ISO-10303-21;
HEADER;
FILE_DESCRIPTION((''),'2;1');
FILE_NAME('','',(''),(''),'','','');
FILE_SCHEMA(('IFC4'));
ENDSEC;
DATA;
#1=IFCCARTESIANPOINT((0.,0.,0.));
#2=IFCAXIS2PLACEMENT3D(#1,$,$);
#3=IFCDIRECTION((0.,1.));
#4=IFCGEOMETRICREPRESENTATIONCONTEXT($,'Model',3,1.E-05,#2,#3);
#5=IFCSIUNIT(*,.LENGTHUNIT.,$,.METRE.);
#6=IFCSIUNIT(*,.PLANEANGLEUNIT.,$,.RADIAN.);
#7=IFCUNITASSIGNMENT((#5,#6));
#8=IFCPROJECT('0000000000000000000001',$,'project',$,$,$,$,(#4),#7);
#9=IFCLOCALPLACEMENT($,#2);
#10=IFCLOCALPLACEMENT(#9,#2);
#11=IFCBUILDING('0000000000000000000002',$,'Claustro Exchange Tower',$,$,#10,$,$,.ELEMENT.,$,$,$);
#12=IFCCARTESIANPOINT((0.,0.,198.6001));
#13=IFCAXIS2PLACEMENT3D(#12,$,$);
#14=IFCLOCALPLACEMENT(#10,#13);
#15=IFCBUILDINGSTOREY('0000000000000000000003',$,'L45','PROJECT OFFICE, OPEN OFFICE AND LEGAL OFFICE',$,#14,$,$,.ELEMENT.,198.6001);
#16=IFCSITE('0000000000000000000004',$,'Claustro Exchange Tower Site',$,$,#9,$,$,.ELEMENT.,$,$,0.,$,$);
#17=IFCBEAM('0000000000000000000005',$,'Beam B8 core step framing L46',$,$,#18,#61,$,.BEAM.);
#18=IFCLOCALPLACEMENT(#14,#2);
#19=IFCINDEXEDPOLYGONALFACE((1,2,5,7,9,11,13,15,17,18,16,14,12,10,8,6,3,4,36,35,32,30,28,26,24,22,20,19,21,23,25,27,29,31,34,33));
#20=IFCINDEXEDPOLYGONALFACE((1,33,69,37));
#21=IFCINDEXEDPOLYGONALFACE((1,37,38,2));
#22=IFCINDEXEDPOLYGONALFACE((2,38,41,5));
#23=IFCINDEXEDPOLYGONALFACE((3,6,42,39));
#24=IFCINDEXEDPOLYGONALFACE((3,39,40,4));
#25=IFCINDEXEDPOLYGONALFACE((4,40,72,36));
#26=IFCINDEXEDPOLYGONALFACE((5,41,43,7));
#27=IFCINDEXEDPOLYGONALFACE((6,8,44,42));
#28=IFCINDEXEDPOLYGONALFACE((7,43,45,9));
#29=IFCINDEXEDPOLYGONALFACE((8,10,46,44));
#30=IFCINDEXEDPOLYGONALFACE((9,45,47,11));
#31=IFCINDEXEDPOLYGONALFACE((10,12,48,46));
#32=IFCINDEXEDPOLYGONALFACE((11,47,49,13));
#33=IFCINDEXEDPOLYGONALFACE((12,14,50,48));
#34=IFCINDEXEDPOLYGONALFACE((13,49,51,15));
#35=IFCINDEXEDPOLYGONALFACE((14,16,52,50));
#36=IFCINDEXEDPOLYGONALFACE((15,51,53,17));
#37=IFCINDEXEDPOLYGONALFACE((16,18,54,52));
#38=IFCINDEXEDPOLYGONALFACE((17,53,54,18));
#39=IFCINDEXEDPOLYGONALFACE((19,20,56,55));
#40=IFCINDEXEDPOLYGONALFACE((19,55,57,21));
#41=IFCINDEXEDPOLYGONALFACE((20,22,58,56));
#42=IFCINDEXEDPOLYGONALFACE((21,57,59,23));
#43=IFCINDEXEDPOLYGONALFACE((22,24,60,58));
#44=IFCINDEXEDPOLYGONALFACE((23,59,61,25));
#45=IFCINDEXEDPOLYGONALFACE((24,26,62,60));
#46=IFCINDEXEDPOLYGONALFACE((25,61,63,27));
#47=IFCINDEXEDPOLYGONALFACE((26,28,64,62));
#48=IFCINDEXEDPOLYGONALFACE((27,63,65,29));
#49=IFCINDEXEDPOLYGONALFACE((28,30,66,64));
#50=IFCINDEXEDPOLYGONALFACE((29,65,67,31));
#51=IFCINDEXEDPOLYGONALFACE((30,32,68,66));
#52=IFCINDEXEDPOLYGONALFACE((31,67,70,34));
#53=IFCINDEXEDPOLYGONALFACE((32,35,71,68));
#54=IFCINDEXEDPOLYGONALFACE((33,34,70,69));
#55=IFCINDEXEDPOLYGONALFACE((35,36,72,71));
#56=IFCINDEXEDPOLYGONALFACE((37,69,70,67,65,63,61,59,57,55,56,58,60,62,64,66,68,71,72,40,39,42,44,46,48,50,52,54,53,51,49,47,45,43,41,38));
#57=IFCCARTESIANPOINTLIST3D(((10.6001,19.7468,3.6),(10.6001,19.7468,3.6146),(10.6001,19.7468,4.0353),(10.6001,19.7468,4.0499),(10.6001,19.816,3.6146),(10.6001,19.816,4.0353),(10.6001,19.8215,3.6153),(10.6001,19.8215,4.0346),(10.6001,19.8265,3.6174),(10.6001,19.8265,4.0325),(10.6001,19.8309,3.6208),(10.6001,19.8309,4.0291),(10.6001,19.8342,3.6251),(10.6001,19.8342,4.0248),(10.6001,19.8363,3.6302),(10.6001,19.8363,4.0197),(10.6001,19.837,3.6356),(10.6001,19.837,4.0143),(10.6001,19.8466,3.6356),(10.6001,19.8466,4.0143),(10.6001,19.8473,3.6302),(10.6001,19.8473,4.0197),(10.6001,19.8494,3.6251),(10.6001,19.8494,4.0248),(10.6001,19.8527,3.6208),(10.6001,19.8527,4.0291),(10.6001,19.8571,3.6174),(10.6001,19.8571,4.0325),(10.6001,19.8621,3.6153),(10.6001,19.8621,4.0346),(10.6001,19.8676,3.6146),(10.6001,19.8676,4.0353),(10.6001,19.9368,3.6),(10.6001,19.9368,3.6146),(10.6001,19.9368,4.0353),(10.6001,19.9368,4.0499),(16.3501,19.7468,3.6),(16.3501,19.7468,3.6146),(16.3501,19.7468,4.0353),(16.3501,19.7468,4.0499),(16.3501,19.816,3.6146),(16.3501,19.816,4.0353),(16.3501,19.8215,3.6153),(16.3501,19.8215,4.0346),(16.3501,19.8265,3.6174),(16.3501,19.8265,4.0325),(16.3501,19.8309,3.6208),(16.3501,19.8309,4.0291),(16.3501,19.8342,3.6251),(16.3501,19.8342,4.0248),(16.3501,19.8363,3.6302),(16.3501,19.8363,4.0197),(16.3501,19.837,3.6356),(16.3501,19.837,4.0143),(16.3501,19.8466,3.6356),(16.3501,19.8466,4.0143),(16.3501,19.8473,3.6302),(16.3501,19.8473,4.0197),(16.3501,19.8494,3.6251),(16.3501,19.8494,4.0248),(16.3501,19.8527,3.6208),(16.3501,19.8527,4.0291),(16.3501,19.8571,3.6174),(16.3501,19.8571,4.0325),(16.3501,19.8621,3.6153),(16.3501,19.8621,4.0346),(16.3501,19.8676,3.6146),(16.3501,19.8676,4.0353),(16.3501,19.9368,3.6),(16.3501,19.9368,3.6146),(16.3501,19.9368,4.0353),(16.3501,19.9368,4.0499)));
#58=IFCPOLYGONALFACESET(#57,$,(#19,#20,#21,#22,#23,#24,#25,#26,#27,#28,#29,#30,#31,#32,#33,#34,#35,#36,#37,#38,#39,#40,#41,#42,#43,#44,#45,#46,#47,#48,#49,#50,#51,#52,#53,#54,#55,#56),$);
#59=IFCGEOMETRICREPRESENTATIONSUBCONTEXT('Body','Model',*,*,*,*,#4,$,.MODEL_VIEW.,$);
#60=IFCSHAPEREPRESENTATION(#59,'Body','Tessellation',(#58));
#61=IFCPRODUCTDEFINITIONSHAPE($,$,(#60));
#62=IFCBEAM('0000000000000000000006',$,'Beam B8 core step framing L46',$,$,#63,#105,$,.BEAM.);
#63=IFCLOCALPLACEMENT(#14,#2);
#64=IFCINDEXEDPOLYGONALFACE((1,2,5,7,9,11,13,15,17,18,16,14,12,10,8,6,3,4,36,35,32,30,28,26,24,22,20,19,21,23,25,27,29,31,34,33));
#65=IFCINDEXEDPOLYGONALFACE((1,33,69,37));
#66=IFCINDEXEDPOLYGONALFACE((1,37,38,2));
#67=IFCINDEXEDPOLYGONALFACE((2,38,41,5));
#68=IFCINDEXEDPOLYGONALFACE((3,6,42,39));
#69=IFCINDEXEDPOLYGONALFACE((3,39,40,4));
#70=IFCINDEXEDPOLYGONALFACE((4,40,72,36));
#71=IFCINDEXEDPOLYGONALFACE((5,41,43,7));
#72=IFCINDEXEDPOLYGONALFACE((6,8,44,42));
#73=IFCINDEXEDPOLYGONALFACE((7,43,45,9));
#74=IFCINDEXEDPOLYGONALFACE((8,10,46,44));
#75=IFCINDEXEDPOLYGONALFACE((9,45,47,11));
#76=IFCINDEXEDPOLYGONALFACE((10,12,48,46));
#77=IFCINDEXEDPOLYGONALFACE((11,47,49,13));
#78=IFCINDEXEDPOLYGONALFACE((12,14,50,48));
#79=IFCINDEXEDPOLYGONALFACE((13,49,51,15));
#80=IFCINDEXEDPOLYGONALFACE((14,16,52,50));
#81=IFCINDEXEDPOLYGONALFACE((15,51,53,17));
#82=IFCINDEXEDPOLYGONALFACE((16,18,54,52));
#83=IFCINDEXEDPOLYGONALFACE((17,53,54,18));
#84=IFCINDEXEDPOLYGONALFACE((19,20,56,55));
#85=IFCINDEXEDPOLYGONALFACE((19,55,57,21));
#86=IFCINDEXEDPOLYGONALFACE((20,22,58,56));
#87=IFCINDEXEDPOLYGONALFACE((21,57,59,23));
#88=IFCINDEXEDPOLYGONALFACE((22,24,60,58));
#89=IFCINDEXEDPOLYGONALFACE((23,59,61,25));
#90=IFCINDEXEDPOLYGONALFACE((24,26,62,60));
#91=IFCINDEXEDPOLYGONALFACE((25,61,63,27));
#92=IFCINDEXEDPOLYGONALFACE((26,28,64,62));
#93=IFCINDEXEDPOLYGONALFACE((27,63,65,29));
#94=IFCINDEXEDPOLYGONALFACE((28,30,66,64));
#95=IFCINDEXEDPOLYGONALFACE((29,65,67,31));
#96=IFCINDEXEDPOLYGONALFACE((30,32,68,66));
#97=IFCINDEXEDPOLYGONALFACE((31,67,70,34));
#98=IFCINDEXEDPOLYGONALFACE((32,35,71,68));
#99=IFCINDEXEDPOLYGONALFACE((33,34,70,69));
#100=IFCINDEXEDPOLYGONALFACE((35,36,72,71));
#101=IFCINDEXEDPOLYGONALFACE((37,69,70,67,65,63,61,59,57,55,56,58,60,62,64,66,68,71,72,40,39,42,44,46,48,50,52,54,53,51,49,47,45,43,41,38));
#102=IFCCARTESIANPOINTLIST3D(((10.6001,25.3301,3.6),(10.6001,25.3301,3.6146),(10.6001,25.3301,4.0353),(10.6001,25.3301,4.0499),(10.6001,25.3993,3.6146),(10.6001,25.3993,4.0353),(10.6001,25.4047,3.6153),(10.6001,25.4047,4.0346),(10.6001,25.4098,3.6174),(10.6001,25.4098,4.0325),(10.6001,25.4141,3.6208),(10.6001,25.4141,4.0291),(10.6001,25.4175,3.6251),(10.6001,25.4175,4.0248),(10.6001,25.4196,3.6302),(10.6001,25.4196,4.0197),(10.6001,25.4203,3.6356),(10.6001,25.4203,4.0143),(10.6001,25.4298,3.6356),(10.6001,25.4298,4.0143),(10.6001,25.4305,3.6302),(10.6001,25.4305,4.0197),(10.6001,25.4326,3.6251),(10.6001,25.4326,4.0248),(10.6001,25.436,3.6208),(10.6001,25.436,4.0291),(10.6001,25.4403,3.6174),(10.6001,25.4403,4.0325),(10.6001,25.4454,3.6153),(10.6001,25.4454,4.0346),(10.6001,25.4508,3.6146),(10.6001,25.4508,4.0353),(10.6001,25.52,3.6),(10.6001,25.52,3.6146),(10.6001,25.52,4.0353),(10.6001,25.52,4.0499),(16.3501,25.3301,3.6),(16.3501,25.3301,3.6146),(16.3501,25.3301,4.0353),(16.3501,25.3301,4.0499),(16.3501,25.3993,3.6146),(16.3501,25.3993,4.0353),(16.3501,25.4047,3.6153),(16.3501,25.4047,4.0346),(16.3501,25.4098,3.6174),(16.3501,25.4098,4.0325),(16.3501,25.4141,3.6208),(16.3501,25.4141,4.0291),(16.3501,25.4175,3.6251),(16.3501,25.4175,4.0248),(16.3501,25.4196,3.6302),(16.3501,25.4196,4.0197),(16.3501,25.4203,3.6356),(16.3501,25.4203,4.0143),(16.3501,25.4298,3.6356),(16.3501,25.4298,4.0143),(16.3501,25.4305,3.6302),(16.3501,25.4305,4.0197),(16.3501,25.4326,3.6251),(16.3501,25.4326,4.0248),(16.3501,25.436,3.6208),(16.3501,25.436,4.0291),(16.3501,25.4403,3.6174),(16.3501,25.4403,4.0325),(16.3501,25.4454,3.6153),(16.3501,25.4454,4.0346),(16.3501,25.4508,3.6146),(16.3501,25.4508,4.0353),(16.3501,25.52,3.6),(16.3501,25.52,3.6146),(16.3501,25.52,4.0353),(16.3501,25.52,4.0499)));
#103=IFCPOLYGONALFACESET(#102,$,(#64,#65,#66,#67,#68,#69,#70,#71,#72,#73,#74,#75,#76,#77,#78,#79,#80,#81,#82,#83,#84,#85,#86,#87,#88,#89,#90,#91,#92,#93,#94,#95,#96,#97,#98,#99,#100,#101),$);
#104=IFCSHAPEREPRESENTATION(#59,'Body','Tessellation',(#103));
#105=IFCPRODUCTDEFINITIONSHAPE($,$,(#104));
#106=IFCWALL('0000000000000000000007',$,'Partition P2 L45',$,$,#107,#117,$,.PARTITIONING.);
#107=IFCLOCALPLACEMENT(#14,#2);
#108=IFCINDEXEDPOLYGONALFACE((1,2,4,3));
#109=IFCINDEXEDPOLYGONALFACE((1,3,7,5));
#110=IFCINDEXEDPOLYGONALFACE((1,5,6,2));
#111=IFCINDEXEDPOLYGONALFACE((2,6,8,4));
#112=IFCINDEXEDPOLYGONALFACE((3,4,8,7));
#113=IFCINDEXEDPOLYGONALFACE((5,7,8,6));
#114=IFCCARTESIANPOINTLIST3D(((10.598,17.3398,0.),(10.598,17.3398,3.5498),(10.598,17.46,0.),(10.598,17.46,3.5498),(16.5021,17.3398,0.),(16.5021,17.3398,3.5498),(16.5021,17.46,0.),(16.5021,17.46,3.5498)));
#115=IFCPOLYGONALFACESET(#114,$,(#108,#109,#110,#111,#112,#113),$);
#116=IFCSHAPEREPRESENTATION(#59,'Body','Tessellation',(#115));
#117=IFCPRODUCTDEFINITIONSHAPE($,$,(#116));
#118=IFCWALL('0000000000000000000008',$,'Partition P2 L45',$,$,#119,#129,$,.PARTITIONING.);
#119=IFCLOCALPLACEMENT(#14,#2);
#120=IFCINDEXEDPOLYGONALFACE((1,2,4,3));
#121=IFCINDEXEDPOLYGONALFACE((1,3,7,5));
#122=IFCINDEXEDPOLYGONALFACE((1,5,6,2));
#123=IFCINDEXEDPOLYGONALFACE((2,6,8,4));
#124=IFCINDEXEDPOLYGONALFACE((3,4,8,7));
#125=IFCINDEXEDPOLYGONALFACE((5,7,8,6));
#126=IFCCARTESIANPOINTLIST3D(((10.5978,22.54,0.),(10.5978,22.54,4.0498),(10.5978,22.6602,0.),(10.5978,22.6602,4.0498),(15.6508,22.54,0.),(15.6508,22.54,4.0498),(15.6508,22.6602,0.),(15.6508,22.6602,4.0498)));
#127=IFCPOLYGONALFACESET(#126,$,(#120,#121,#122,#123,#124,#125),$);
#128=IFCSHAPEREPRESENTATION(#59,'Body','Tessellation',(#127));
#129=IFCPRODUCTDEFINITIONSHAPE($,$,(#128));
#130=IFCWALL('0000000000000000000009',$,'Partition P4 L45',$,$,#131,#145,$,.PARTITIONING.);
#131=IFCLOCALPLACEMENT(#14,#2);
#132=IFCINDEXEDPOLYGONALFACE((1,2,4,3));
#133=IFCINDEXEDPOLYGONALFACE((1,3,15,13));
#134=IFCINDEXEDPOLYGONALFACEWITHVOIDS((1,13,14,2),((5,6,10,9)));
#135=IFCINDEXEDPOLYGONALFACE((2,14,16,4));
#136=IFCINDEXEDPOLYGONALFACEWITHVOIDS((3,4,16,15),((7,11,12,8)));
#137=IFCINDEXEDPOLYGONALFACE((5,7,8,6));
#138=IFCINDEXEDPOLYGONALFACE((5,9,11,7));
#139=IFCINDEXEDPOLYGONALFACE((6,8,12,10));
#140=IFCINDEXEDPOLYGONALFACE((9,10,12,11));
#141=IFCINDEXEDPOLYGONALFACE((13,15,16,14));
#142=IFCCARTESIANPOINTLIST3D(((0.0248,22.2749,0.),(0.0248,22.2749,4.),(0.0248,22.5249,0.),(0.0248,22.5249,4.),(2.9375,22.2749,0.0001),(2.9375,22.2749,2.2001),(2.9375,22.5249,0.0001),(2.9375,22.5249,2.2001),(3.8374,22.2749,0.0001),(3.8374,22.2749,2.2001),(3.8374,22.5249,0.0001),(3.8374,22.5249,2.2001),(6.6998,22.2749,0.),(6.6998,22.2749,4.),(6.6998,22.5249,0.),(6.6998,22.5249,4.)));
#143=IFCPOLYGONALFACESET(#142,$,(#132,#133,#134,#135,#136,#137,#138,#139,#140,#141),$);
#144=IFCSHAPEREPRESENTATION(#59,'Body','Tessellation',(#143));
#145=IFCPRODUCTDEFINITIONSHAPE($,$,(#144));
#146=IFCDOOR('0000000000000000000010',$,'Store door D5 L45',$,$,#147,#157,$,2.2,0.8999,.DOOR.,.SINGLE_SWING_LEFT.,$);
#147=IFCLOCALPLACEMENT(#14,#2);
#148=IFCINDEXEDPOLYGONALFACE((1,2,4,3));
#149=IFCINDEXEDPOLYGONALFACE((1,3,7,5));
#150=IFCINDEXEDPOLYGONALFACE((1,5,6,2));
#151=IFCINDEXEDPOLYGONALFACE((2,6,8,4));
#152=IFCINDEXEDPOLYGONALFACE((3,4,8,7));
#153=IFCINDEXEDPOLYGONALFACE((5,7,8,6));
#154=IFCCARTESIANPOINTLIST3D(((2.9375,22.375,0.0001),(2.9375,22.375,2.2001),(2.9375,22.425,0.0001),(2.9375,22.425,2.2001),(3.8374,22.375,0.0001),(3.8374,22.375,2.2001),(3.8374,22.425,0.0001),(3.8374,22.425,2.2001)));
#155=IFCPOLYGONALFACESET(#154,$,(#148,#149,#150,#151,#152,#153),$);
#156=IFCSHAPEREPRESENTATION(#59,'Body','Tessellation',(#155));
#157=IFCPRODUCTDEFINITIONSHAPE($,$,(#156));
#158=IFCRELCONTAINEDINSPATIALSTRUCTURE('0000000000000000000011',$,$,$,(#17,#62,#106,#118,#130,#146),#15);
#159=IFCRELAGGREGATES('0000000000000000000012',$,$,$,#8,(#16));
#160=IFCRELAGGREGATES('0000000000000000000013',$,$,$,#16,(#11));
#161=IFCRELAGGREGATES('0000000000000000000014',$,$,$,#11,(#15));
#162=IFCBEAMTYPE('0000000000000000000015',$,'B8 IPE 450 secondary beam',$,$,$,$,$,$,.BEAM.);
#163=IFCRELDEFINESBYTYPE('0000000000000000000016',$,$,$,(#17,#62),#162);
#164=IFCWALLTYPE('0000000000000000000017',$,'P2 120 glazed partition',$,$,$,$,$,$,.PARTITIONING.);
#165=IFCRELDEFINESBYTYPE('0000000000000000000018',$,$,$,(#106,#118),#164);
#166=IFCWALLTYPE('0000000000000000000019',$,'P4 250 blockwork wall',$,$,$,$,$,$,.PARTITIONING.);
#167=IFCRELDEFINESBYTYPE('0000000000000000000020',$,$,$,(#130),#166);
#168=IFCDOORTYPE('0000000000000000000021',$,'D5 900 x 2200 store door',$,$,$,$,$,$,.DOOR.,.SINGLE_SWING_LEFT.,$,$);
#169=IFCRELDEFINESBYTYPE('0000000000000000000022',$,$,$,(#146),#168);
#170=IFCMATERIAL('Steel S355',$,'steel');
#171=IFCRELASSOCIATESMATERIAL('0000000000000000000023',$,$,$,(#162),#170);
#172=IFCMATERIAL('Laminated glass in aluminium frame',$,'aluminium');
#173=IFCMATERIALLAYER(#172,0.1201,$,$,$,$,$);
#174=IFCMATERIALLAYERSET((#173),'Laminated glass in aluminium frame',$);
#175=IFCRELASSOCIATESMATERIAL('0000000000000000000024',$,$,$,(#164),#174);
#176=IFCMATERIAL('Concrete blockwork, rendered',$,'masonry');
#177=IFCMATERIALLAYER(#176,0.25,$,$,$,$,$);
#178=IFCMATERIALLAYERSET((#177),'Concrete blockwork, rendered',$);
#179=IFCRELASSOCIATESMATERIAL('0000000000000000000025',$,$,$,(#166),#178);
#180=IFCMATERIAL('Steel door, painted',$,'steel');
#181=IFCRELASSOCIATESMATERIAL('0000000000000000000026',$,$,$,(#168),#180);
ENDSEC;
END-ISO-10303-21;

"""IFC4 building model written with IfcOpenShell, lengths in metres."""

from ifc_helpers import new_model, si_unit, direction, frame, frame_2d, origin, origin_2d, place, context, subcontext, project, spatial, rectangle, i_section, extrude, material, layer, layer_set, material_profile, profile_set, type_object, element, fill, save


model = new_model("IFC4")

# Units and contexts
model_context = context("Model", 3, precision=1e-05, world=origin(), true_north=direction((0.0, 1.0)))
body_context = subcontext(model_context, "Body", "Model", "MODEL_VIEW")
ifc_project = project(units=[si_unit("LENGTHUNIT", "METRE"), si_unit("PLANEANGLEUNIT", "RADIAN")], contexts=[model_context])

# Site, building, storey
site_placement = place(None, origin())
site = spatial("IfcSite", under=ifc_project, at=site_placement, Name="Claustro Exchange Tower Site", CompositionType="ELEMENT", RefElevation=0.0)
building_placement = place(site_placement, origin())
building = spatial("IfcBuilding", under=site, at=building_placement, Name="Claustro Exchange Tower", CompositionType="ELEMENT")
storey_placement = place(building_placement, frame((0.0, 0.0, 198.6001)))
storey = spatial("IfcBuildingStorey", under=building, at=storey_placement, Name="L45", Description="PROJECT OFFICE, OPEN OFFICE AND LEGAL OFFICE", CompositionType="ELEMENT", Elevation=198.6001)

# Beams
ifc_material_1 = material(Name="Steel S355", Category="steel")
ifc_material_profile_1 = material_profile(ifc_material_1, i_section(OverallWidth=0.1899, OverallDepth=0.45, WebThickness=0.0095, FlangeThickness=0.0146, FilletRadius=0.021, at=origin_2d()), Name="IPE 450")
ifc_profile_set_1 = profile_set([ifc_material_profile_1], Name="Steel S355")
beam_type_1 = type_object("IfcBeamType", Name="B8 IPE 450 secondary beam", PredefinedType="BEAM", material=ifc_profile_set_1)
for number, where, z_axis, x_axis, name in (
    (1, (10.6001, 19.8418, 3.825), (1.0, 0.0, 0.0), (0.0, 1.0, 0.0), "Beam B8 core step framing L46"),
    (2, (10.6001, 25.425, 3.825), (1.0, 0.0, 0.0), (0.0, 1.0, 0.0), "Beam B8 core step framing L46"),
):
    element("IfcBeam", number, at=place(storey_placement, frame(where, z_axis=z_axis, x_axis=x_axis)), inside=storey, type_object=beam_type_1, Name=name, PredefinedType="BEAM", context=body_context, shape_type="SweptSolid", body=[
        extrude(i_section(OverallWidth=0.1899, OverallDepth=0.45, WebThickness=0.0095, FlangeThickness=0.0146, FilletRadius=0.021, at=origin_2d()), origin(), (0.0, 0.0, 1.0), 5.75),
    ])

# Walls
ifc_material_2 = material(Name="Laminated glass in aluminium frame", Category="aluminium")
ifc_layer_1 = layer(ifc_material_2, 0.1201)
ifc_layer_set_1 = layer_set([ifc_layer_1], Name="Laminated glass in aluminium frame")
wall_type_1 = type_object("IfcWallType", Name="P2 120 glazed partition", PredefinedType="PARTITIONING", material=ifc_layer_set_1)
wall_1_placement = place(storey_placement, frame((10.5979, 17.3999, 0.0), z_axis=(0.0, 0.0, 1.0), x_axis=(1.0, 0.0, 0.0)))
element("IfcWall", 3, at=wall_1_placement, inside=storey, type_object=wall_type_1, Name="Partition P2 L45", PredefinedType="PARTITIONING", context=body_context, shape_type="SweptSolid", body=[
    extrude(rectangle(XDim=5.9041, YDim=0.1201, at=frame_2d((2.9521, 0.0))), origin(), (0.0, 0.0, 1.0), 3.5498),
])
wall_2_placement = place(storey_placement, frame((10.5979, 22.6001, 0.0), z_axis=(0.0, 0.0, 1.0), x_axis=(1.0, 0.0, 0.0)))
element("IfcWall", 4, at=wall_2_placement, inside=storey, type_object=wall_type_1, Name="Partition P2 L45", PredefinedType="PARTITIONING", context=body_context, shape_type="SweptSolid", body=[
    extrude(rectangle(XDim=5.053, YDim=0.1201, at=frame_2d((2.5264, 0.0))), origin(), (0.0, 0.0, 1.0), 4.0498),
])

# Wall, opening, door
ifc_material_3 = material(Name="Concrete blockwork, rendered", Category="masonry")
ifc_layer_2 = layer(ifc_material_3, 0.25)
ifc_layer_set_2 = layer_set([ifc_layer_2], Name="Concrete blockwork, rendered")
wall_type_2 = type_object("IfcWallType", Name="P4 250 blockwork wall", PredefinedType="PARTITIONING", material=ifc_layer_set_2)
wall_3_placement = place(storey_placement, frame((0.0249, 22.3999, 0.0), z_axis=(0.0, 0.0, 1.0), x_axis=(1.0, 0.0, 0.0)))
wall_3 = element("IfcWall", 5, at=wall_3_placement, inside=storey, type_object=wall_type_2, Name="Partition P4 L45", PredefinedType="PARTITIONING", context=body_context, shape_type="SweptSolid", body=[
    extrude(rectangle(XDim=6.675, YDim=0.25, at=frame_2d((3.3374, 0.0))), origin(), (0.0, 0.0, 1.0), 4.0),
])
opening_1_placement = place(wall_3_placement, frame((2.9126, 0.0, 0.0)))
opening_1 = element("IfcOpeningElement", 6, at=opening_1_placement, cuts=wall_3, PredefinedType="OPENING", context=body_context, shape_type="SweptSolid", body=[
    extrude(rectangle(XDim=0.8999, YDim=2.2, at=frame_2d((0.45, 1.1001))), frame((0.0, 0.135, 0.0), z_axis=(0.0, -1.0, 0.0), x_axis=(1.0, 0.0, 0.0)), (0.0, 0.0, 1.0), 0.27),
])
ifc_material_4 = material(Name="Steel door, painted", Category="steel")
door_type = type_object("IfcDoorType", Name="D5 900 x 2200 store door", OperationType="SINGLE_SWING_LEFT", PredefinedType="DOOR", material=ifc_material_4)
door_placement = place(opening_1_placement, frame((0.8999, 0.0, 0.0), z_axis=(0.0, 0.0, 1.0), x_axis=(-1.0, 0.0, 0.0)))
door = element("IfcDoor", 7, at=door_placement, inside=storey, type_object=door_type, Name="Store door D5 L45", OperationType="SINGLE_SWING_LEFT", OverallHeight=2.2, OverallWidth=0.8999, PredefinedType="DOOR", context=body_context, shape_type="SweptSolid", body=[
    extrude(rectangle(XDim=0.8999, YDim=2.2, at=frame_2d((0.45, 1.1001))), frame((0.0, 0.0249, 0.0), z_axis=(0.0, -1.0, 0.0), x_axis=(1.0, 0.0, 0.0)), (0.0, 0.0, 1.0), 0.05),
])
fill(opening_1, door)

save(model, "model.ifc")
